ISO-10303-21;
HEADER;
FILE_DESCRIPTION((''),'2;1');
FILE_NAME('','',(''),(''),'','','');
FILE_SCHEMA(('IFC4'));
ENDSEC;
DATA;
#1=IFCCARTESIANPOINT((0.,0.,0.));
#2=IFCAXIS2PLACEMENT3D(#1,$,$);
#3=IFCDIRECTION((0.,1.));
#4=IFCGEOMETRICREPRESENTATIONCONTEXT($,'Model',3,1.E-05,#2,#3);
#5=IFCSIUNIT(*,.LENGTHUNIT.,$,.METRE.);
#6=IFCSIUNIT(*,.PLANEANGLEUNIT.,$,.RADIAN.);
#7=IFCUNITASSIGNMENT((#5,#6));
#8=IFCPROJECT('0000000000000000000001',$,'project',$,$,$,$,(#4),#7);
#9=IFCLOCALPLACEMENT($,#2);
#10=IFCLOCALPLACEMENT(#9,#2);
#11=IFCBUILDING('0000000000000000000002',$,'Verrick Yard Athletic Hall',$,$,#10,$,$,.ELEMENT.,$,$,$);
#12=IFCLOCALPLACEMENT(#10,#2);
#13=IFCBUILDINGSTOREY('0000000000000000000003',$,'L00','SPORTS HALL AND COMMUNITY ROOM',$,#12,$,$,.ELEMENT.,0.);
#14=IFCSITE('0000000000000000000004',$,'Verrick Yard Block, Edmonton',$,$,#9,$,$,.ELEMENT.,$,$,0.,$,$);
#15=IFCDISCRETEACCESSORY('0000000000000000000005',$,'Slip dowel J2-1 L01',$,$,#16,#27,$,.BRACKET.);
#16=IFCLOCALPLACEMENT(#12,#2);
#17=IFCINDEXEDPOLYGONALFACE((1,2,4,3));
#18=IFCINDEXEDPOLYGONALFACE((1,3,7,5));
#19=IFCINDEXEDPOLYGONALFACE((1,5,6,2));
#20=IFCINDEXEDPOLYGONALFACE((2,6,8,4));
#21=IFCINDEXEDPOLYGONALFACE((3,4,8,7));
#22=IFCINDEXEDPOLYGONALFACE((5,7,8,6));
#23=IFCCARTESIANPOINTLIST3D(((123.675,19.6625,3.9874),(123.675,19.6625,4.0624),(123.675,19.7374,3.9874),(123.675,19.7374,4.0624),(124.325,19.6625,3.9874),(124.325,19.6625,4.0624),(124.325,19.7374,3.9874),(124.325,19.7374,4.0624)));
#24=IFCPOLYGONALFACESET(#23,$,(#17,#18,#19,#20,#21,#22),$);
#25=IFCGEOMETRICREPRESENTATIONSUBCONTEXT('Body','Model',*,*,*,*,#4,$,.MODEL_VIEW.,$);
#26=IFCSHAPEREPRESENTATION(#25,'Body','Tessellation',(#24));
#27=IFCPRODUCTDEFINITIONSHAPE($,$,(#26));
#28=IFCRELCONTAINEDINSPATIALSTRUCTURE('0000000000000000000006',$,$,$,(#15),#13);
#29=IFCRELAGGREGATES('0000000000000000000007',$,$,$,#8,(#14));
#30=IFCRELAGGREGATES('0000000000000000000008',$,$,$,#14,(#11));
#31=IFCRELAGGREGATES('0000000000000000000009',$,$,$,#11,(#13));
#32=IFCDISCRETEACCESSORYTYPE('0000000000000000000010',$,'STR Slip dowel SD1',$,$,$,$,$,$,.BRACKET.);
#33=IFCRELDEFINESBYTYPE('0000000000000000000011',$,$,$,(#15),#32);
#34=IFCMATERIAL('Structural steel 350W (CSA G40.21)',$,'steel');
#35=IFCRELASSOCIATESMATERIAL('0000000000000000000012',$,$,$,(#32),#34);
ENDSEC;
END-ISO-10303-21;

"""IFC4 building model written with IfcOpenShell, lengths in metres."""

from ifc_helpers import new_model, si_unit, direction, frame, origin, origin_2d, place, context, subcontext, project, spatial, rectangle, extrude, material, material_profile, profile_set, type_object, element, save


model = new_model("IFC4")

# Units and contexts
model_context = context("Model", 3, precision=1e-05, world=origin(), true_north=direction((0.0, 1.0)))
body_context = subcontext(model_context, "Body", "Model", "MODEL_VIEW")
ifc_project = project(units=[si_unit("LENGTHUNIT", "METRE"), si_unit("PLANEANGLEUNIT", "RADIAN")], contexts=[model_context])

# Site, building, storey
site_placement = place(None, origin())
site = spatial("IfcSite", under=ifc_project, at=site_placement, Name="Verrick Yard Block, Edmonton", CompositionType="ELEMENT", RefElevation=0.0)
building_placement = place(site_placement, origin())
building = spatial("IfcBuilding", under=site, at=building_placement, Name="Verrick Yard Athletic Hall", CompositionType="ELEMENT")
storey_placement = place(building_placement, origin())
storey = spatial("IfcBuildingStorey", under=building, at=storey_placement, Name="L00", Description="SPORTS HALL AND COMMUNITY ROOM", CompositionType="ELEMENT", Elevation=0.0)

# Discrete accessory
ifc_material_1 = material(Name="Structural steel 350W (CSA G40.21)", Category="steel")
ifc_material_profile_1 = material_profile(ifc_material_1, rectangle(XDim=0.075, YDim=0.075, at=origin_2d()), Name="STR Slip dowel SD1")
ifc_profile_set_1 = profile_set([ifc_material_profile_1], Name="Structural steel 350W (CSA G40.21)")
discrete_accessory_type = type_object("IfcDiscreteAccessoryType", Name="STR Slip dowel SD1", PredefinedType="BRACKET", material=ifc_profile_set_1)
discrete_accessory_placement = place(storey_placement, frame((123.675, 19.7, 4.0249), z_axis=(1.0, 0.0, 0.0), x_axis=(0.0, 1.0, 0.0)))
element("IfcDiscreteAccessory", 1, at=discrete_accessory_placement, inside=storey, type_object=discrete_accessory_type, Name="Slip dowel J2-1 L01", PredefinedType="BRACKET", context=body_context, shape_type="SweptSolid", body=[
    extrude(rectangle(XDim=0.075, YDim=0.075, at=origin_2d()), origin(), (0.0, 0.0, 1.0), 0.6499),
])

save(model, "model.ifc")
